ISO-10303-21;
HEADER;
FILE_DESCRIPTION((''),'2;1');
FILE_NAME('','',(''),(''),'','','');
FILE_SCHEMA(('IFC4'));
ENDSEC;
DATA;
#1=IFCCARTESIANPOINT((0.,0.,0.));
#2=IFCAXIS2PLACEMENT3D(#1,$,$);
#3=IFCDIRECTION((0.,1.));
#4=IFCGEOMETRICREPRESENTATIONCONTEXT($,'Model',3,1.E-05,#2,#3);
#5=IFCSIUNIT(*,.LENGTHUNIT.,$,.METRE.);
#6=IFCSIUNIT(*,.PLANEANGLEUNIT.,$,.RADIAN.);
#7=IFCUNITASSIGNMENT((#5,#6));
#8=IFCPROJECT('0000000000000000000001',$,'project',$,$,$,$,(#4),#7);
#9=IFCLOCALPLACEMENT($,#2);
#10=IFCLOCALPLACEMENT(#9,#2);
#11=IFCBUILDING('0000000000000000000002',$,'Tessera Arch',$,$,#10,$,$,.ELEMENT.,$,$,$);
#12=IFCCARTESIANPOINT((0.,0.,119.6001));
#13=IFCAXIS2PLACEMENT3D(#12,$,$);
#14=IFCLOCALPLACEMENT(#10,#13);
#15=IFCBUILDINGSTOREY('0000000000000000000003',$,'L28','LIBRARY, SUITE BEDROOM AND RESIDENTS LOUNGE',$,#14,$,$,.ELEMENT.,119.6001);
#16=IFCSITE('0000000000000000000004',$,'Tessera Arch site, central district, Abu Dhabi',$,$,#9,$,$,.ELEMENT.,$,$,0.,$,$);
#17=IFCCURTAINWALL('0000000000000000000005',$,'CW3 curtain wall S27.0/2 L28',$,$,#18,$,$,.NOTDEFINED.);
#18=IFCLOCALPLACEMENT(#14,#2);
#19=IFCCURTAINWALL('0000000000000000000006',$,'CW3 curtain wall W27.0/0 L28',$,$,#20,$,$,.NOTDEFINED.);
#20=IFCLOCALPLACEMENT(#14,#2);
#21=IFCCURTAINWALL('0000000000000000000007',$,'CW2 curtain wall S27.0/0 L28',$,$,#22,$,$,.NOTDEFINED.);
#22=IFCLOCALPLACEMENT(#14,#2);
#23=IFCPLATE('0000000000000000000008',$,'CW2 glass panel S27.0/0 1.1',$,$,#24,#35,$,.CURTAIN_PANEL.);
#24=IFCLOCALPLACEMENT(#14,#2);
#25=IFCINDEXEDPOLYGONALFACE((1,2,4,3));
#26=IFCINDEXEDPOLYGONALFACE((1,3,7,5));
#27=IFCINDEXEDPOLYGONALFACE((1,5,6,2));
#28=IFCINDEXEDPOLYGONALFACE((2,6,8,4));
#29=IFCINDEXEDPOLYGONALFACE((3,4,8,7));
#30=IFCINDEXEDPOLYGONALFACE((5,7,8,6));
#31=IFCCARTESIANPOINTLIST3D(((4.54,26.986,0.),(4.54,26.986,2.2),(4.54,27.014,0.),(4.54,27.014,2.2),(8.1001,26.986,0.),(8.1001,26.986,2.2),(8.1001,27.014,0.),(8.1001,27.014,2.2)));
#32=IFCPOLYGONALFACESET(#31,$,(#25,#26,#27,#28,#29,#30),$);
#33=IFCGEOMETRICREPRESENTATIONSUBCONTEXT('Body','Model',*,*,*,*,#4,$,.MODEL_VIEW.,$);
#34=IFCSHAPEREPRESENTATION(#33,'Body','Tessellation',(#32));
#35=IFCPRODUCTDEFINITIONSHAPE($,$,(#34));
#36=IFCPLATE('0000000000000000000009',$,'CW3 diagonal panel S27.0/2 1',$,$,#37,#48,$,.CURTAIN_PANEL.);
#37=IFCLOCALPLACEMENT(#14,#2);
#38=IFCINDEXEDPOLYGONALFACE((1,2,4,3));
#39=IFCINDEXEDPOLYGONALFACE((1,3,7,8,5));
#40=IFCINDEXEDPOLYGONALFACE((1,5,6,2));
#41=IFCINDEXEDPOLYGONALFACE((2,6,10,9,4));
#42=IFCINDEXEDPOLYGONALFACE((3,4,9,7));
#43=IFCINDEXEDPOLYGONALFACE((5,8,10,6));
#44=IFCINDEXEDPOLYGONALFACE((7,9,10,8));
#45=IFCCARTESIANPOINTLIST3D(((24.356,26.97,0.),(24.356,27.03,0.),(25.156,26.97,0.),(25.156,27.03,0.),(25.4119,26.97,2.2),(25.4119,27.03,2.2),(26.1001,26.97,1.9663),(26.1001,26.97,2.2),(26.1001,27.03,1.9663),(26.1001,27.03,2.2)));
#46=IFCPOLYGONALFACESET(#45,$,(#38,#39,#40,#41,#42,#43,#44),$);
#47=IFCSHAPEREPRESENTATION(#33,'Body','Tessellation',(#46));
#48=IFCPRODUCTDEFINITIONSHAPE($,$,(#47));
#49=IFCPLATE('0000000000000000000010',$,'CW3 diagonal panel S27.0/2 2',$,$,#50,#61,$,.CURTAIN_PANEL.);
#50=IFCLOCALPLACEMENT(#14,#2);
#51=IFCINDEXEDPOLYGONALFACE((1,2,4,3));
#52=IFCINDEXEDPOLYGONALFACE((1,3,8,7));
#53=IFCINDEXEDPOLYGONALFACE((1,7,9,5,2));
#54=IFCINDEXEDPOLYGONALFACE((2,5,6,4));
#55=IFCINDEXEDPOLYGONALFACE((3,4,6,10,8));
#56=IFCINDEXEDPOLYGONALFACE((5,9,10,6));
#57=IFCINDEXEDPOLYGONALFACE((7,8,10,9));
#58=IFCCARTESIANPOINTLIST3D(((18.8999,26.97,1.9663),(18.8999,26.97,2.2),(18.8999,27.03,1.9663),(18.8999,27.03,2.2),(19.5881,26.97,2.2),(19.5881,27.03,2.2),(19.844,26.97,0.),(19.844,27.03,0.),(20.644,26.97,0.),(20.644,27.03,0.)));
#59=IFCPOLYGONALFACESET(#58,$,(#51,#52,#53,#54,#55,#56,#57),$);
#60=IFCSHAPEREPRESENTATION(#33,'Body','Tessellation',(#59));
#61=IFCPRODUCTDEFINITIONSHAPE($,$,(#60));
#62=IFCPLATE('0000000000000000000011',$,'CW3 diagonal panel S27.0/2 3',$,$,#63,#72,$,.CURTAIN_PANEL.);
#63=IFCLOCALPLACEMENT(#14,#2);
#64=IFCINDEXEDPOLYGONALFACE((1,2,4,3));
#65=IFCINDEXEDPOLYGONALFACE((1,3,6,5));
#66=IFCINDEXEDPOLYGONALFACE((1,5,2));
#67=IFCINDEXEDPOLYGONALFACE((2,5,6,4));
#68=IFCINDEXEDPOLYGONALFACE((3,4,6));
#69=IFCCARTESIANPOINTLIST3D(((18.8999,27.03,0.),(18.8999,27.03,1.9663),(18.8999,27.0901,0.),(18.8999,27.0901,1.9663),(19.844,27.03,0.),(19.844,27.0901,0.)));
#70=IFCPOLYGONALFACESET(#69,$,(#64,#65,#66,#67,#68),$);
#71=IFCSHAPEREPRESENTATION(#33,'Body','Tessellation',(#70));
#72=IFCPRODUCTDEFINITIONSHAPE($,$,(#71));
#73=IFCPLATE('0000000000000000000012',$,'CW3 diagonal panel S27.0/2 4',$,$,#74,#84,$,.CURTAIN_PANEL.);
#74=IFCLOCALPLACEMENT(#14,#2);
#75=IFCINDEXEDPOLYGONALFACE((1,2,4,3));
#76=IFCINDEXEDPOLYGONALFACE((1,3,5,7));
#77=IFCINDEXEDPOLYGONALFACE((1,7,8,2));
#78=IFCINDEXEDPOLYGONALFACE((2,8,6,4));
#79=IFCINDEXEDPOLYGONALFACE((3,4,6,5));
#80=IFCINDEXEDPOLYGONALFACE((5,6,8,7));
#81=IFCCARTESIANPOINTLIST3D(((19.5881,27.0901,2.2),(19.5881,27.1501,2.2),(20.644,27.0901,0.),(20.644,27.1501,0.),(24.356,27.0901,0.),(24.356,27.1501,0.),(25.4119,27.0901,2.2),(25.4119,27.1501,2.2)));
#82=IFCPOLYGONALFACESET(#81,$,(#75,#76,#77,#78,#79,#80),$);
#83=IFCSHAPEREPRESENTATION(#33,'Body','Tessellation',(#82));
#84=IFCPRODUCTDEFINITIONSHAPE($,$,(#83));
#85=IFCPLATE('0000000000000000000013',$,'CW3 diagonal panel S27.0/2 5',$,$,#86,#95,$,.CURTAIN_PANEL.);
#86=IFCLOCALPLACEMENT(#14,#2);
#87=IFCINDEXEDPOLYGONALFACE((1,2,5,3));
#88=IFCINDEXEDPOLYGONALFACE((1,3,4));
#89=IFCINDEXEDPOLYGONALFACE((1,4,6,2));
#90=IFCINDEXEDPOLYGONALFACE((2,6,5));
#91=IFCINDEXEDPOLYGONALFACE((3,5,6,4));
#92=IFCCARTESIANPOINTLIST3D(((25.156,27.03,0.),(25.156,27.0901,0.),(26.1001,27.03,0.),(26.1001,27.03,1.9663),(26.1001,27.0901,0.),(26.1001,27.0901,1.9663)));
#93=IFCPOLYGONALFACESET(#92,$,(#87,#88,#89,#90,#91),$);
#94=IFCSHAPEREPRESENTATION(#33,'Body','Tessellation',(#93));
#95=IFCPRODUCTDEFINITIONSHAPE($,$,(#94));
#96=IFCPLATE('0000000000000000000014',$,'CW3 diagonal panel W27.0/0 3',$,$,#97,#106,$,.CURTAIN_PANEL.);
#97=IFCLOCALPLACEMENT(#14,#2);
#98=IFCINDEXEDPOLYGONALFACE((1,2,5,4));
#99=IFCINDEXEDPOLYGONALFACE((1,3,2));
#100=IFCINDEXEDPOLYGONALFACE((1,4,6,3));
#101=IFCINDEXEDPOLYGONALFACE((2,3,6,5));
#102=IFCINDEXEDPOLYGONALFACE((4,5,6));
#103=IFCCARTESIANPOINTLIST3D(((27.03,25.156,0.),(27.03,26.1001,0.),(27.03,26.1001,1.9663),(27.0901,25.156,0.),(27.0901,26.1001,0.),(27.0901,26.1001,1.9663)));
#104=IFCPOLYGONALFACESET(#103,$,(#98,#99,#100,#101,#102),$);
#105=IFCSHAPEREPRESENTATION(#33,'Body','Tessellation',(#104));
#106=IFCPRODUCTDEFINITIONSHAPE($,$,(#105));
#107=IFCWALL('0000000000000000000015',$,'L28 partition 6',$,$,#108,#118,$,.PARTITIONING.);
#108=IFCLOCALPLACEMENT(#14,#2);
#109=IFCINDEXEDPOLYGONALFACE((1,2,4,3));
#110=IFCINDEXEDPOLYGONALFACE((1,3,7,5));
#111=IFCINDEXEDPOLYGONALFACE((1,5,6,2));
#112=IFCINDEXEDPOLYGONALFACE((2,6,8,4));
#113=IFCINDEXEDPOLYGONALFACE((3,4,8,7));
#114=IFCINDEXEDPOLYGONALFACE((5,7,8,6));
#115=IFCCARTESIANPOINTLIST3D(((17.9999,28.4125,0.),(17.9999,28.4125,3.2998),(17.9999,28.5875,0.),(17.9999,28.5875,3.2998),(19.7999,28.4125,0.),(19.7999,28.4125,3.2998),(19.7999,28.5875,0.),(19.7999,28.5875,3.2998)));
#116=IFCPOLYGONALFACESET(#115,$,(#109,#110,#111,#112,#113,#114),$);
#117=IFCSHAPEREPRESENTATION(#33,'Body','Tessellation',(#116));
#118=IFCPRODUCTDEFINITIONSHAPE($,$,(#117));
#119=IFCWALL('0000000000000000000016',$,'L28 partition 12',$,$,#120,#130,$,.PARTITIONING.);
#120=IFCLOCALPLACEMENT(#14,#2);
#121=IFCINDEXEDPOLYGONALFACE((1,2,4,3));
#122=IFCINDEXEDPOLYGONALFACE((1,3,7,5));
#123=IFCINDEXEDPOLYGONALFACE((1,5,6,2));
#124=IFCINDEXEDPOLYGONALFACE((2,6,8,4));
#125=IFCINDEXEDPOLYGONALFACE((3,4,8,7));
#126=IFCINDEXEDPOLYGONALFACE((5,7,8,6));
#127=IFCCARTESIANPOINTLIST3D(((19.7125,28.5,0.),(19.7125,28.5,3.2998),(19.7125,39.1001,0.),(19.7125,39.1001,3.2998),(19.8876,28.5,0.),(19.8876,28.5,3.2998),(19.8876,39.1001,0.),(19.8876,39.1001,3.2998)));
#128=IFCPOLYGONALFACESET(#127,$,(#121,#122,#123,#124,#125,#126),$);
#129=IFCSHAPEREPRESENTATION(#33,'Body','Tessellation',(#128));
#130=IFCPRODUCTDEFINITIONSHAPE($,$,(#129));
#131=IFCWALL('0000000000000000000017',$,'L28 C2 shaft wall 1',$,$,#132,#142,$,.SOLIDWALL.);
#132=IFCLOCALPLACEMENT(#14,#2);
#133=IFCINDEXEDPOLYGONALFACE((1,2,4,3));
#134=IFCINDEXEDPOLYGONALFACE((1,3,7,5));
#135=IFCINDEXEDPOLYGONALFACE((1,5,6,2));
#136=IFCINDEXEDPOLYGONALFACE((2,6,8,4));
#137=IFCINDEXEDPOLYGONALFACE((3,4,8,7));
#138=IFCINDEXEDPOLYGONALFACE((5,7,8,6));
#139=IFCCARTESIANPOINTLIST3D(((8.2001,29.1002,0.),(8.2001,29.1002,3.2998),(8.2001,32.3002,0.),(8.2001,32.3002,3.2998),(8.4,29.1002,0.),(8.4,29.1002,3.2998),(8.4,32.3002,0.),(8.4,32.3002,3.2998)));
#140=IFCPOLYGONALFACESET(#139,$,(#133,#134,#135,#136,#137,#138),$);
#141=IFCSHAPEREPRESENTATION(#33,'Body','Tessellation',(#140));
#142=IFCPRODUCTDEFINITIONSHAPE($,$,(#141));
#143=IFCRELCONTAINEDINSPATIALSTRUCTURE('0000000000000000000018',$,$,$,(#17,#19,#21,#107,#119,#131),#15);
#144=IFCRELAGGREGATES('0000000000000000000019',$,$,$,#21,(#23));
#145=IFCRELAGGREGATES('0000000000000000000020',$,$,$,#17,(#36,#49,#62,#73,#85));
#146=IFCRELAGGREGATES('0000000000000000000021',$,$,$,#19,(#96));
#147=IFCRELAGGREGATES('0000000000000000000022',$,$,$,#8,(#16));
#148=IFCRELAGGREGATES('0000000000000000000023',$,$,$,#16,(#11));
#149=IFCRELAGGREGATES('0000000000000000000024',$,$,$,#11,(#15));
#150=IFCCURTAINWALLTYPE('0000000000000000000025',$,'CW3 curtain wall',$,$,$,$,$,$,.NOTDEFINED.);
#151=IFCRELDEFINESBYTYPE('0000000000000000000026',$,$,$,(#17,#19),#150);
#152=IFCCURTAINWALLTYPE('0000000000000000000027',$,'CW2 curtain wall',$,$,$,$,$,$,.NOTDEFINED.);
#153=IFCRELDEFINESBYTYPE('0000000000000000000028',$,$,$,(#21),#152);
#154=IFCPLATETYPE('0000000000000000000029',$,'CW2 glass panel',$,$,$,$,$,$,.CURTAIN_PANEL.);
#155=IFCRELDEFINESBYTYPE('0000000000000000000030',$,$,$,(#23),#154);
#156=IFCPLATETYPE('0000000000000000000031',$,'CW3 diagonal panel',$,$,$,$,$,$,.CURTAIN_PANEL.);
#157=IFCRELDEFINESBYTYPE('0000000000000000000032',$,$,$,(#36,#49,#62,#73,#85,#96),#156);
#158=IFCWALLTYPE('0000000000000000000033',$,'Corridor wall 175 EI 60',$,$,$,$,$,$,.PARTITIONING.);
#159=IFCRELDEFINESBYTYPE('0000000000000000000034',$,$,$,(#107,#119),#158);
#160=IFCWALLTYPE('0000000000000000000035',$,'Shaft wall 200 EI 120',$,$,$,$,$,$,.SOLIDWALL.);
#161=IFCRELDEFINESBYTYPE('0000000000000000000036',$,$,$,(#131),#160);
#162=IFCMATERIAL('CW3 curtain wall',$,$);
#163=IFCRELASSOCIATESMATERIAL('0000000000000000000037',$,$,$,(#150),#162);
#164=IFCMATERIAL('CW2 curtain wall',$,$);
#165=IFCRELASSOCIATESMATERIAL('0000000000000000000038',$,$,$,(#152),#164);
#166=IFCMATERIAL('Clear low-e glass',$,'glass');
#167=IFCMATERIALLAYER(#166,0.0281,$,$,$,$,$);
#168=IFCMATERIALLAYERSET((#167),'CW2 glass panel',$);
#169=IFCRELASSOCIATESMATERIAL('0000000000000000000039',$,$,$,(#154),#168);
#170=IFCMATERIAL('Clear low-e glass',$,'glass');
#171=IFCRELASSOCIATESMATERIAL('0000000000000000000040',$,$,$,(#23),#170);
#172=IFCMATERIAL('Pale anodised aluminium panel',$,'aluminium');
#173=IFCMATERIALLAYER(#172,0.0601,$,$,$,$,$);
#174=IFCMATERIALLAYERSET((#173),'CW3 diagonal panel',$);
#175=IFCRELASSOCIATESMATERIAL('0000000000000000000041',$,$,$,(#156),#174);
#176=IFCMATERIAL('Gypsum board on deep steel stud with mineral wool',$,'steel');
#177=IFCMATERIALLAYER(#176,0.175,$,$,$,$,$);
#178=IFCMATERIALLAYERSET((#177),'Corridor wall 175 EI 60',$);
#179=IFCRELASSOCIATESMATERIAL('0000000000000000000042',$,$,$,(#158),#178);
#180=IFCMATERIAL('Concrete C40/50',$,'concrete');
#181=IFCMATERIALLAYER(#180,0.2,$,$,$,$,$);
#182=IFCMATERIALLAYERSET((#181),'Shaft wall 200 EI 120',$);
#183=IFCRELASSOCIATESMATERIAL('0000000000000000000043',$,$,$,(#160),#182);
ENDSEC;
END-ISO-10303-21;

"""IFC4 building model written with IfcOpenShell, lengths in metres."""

from ifc_helpers import new_model, si_unit, direction, frame, frame_2d, origin, origin_2d, place, context, subcontext, project, spatial, polyline, rectangle, outline, extrude, material, layer, layer_set, type_object, element, aggregate, save


model = new_model("IFC4")

# Units and contexts
model_context = context("Model", 3, precision=1e-05, world=origin(), true_north=direction((0.0, 1.0)))
body_context = subcontext(model_context, "Body", "Model", "MODEL_VIEW")
ifc_project = project(units=[si_unit("LENGTHUNIT", "METRE"), si_unit("PLANEANGLEUNIT", "RADIAN")], contexts=[model_context])

# Site, building, storey
site_placement = place(None, origin())
site = spatial("IfcSite", under=ifc_project, at=site_placement, Name="Tessera Arch site, central district, Abu Dhabi", CompositionType="ELEMENT", RefElevation=0.0)
building_placement = place(site_placement, origin())
building = spatial("IfcBuilding", under=site, at=building_placement, Name="Tessera Arch", CompositionType="ELEMENT")
storey_placement = place(building_placement, frame((0.0, 0.0, 119.6001)))
storey = spatial("IfcBuildingStorey", under=building, at=storey_placement, Name="L28", Description="LIBRARY, SUITE BEDROOM AND RESIDENTS LOUNGE", CompositionType="ELEMENT", Elevation=119.6001)

# Curtain walls
ifc_material_1 = material(Name="CW3 curtain wall")
curtain_wall_type_1 = type_object("IfcCurtainWallType", Name="CW3 curtain wall", PredefinedType="NOTDEFINED", material=ifc_material_1)
curtain_wall_1_placement = place(storey_placement, origin())
curtain_wall_1 = element("IfcCurtainWall", 1, at=curtain_wall_1_placement, inside=storey, type_object=curtain_wall_type_1, Name="CW3 curtain wall S27.0/2 L28", PredefinedType="NOTDEFINED")
curtain_wall_2_placement = place(storey_placement, origin())
curtain_wall_2 = element("IfcCurtainWall", 2, at=curtain_wall_2_placement, inside=storey, type_object=curtain_wall_type_1, Name="CW3 curtain wall W27.0/0 L28", PredefinedType="NOTDEFINED")

# Shared definitions
ifc_material_2 = material(Name="Clear low-e glass", Category="glass")

# Curtain wall, plate
ifc_material_3 = material(Name="CW2 curtain wall")
curtain_wall_type_2 = type_object("IfcCurtainWallType", Name="CW2 curtain wall", PredefinedType="NOTDEFINED", material=ifc_material_3)
curtain_wall_3_placement = place(storey_placement, origin())
curtain_wall_3 = element("IfcCurtainWall", 3, at=curtain_wall_3_placement, inside=storey, type_object=curtain_wall_type_2, Name="CW2 curtain wall S27.0/0 L28", PredefinedType="NOTDEFINED")
ifc_material_4 = material(Name="Clear low-e glass", Category="glass")
ifc_layer_1 = layer(ifc_material_4, 0.0281)
ifc_layer_set_1 = layer_set([ifc_layer_1], Name="CW2 glass panel")
plate_type_1 = type_object("IfcPlateType", Name="CW2 glass panel", PredefinedType="CURTAIN_PANEL", material=ifc_layer_set_1)
plate_1_placement = place(storey_placement, frame((6.3201, 27.0, 0.0), z_axis=(0.0, 0.0, 1.0), x_axis=(1.0, 0.0, 0.0)))
plate_1 = element("IfcPlate", 4, at=plate_1_placement, type_object=plate_type_1, material=ifc_material_2, Name="CW2 glass panel S27.0/0 1.1", PredefinedType="CURTAIN_PANEL", context=body_context, shape_type="SweptSolid", body=[
    extrude(rectangle(XDim=3.5601, YDim=0.0281, at=origin_2d()), origin(), (0.0, 0.0, 1.0), 2.2),
])
aggregate(curtain_wall_3, [plate_1])

# Plates
ifc_material_5 = material(Name="Pale anodised aluminium panel", Category="aluminium")
ifc_layer_2 = layer(ifc_material_5, 0.0601)
ifc_layer_set_2 = layer_set([ifc_layer_2], Name="CW3 diagonal panel")
plate_type_2 = type_object("IfcPlateType", Name="CW3 diagonal panel", PredefinedType="CURTAIN_PANEL", material=ifc_layer_set_2)
plate_2_placement = place(storey_placement, frame((26.1001, 26.97, 2.2), z_axis=(0.0, -1.0, 0.0), x_axis=(-1.0, 0.0, 0.0)))
plate_2 = element("IfcPlate", 5, at=plate_2_placement, type_object=plate_type_2, Name="CW3 diagonal panel S27.0/2 1", PredefinedType="CURTAIN_PANEL", context=body_context, shape_type="SweptSolid", body=[
    extrude(outline(polyline([(0.0, 0.0), (0.6882, 0.0), (1.7441, 2.2), (0.9441, 2.2), (0.0, 0.2336), (0.0, 0.0)])), origin(), (0.0, 0.0, -1.0), 0.0601),
])
plate_3_placement = place(storey_placement, frame((18.8999, 26.97, 2.2), z_axis=(0.0, -1.0, 0.0), x_axis=(0.0, 0.0, -1.0)))
plate_3 = element("IfcPlate", 6, at=plate_3_placement, type_object=plate_type_2, Name="CW3 diagonal panel S27.0/2 2", PredefinedType="CURTAIN_PANEL", context=body_context, shape_type="SweptSolid", body=[
    extrude(outline(polyline([(0.0, 0.0), (0.2336, 0.0), (2.2, 0.9441), (2.2, 1.7441), (0.0, 0.6882), (0.0, 0.0)])), origin(), (0.0, 0.0, -1.0), 0.0601),
])
plate_4_placement = place(storey_placement, frame((18.8999, 27.03, 0.0), z_axis=(0.0, -1.0, 0.0), x_axis=(1.0, 0.0, 0.0)))
plate_4 = element("IfcPlate", 7, at=plate_4_placement, type_object=plate_type_2, Name="CW3 diagonal panel S27.0/2 3", PredefinedType="CURTAIN_PANEL", context=body_context, shape_type="SweptSolid", body=[
    extrude(outline(polyline([(0.0, 0.0), (0.9441, 0.0), (0.0, 1.9663), (0.0, 0.0)])), origin(), (0.0, 0.0, -1.0), 0.0601),
])
plate_5_placement = place(storey_placement, frame((25.4119, 27.0901, 2.2), z_axis=(0.0, -1.0, 0.0), x_axis=(-1.0, 0.0, 0.0)))
plate_5 = element("IfcPlate", 8, at=plate_5_placement, type_object=plate_type_2, Name="CW3 diagonal panel S27.0/2 4", PredefinedType="CURTAIN_PANEL", context=body_context, shape_type="SweptSolid", body=[
    extrude(outline(polyline([(0.0, 0.0), (5.8237, 0.0), (4.7678, 2.2), (1.0559, 2.2), (0.0, 0.0)])), origin(), (0.0, 0.0, -1.0), 0.0601),
])
plate_6_placement = place(storey_placement, frame((26.1001, 27.03, 0.0), z_axis=(0.0, -1.0, 0.0), x_axis=(0.0, 0.0, 1.0)))
plate_6 = element("IfcPlate", 9, at=plate_6_placement, type_object=plate_type_2, Name="CW3 diagonal panel S27.0/2 5", PredefinedType="CURTAIN_PANEL", context=body_context, shape_type="SweptSolid", body=[
    extrude(outline(polyline([(0.0, 0.0), (1.9663, 0.0), (0.0, 0.9441), (0.0, 0.0)])), origin(), (0.0, 0.0, -1.0), 0.0601),
])
aggregate(curtain_wall_1, [plate_2, plate_3, plate_4, plate_5, plate_6])
plate_7_placement = place(storey_placement, frame((27.03, 26.1001, 0.0), z_axis=(-1.0, 0.0, 0.0), x_axis=(0.0, -1.0, 0.0)))
plate_7 = element("IfcPlate", 10, at=plate_7_placement, type_object=plate_type_2, Name="CW3 diagonal panel W27.0/0 3", PredefinedType="CURTAIN_PANEL", context=body_context, shape_type="SweptSolid", body=[
    extrude(outline(polyline([(0.0, 0.0), (0.9441, 0.0), (0.0, 1.9663), (0.0, 0.0)])), origin(), (0.0, 0.0, -1.0), 0.0601),
])
aggregate(curtain_wall_2, [plate_7])

# Walls
ifc_material_6 = material(Name="Gypsum board on deep steel stud with mineral wool", Category="steel")
ifc_layer_3 = layer(ifc_material_6, 0.175)
ifc_layer_set_3 = layer_set([ifc_layer_3], Name="Corridor wall 175 EI 60")
wall_type_1 = type_object("IfcWallType", Name="Corridor wall 175 EI 60", PredefinedType="PARTITIONING", material=ifc_layer_set_3)
wall_1_placement = place(storey_placement, frame((18.0, 28.5, 0.0), z_axis=(0.0, 0.0, 1.0), x_axis=(1.0, 0.0, 0.0)))
element("IfcWall", 11, at=wall_1_placement, inside=storey, type_object=wall_type_1, Name="L28 partition 6", PredefinedType="PARTITIONING", context=body_context, shape_type="SweptSolid", body=[
    extrude(rectangle(XDim=1.8, YDim=0.175, at=frame_2d((0.8999, 0.0))), origin(), (0.0, 0.0, 1.0), 3.2998),
])
wall_2_placement = place(storey_placement, frame((19.8, 28.5, 0.0), z_axis=(0.0, 0.0, 1.0), x_axis=(0.0, 1.0, 0.0)))
element("IfcWall", 12, at=wall_2_placement, inside=storey, type_object=wall_type_1, Name="L28 partition 12", PredefinedType="PARTITIONING", context=body_context, shape_type="SweptSolid", body=[
    extrude(rectangle(XDim=10.6001, YDim=0.175, at=frame_2d((5.3, 0.0))), origin(), (0.0, 0.0, 1.0), 3.2998),
])
ifc_material_7 = material(Name="Concrete C40/50", Category="concrete")
ifc_layer_4 = layer(ifc_material_7, 0.2)
ifc_layer_set_4 = layer_set([ifc_layer_4], Name="Shaft wall 200 EI 120")
wall_type_2 = type_object("IfcWallType", Name="Shaft wall 200 EI 120", PredefinedType="SOLIDWALL", material=ifc_layer_set_4)
wall_3_placement = place(storey_placement, frame((8.3, 29.1001, 0.0), z_axis=(0.0, 0.0, 1.0), x_axis=(0.0, 1.0, 0.0)))
element("IfcWall", 13, at=wall_3_placement, inside=storey, type_object=wall_type_2, Name="L28 C2 shaft wall 1", PredefinedType="SOLIDWALL", context=body_context, shape_type="SweptSolid", body=[
    extrude(rectangle(XDim=3.2, YDim=0.2, at=frame_2d((1.6001, 0.0))), origin(), (0.0, 0.0, 1.0), 3.2998),
])

save(model, "model.ifc")
